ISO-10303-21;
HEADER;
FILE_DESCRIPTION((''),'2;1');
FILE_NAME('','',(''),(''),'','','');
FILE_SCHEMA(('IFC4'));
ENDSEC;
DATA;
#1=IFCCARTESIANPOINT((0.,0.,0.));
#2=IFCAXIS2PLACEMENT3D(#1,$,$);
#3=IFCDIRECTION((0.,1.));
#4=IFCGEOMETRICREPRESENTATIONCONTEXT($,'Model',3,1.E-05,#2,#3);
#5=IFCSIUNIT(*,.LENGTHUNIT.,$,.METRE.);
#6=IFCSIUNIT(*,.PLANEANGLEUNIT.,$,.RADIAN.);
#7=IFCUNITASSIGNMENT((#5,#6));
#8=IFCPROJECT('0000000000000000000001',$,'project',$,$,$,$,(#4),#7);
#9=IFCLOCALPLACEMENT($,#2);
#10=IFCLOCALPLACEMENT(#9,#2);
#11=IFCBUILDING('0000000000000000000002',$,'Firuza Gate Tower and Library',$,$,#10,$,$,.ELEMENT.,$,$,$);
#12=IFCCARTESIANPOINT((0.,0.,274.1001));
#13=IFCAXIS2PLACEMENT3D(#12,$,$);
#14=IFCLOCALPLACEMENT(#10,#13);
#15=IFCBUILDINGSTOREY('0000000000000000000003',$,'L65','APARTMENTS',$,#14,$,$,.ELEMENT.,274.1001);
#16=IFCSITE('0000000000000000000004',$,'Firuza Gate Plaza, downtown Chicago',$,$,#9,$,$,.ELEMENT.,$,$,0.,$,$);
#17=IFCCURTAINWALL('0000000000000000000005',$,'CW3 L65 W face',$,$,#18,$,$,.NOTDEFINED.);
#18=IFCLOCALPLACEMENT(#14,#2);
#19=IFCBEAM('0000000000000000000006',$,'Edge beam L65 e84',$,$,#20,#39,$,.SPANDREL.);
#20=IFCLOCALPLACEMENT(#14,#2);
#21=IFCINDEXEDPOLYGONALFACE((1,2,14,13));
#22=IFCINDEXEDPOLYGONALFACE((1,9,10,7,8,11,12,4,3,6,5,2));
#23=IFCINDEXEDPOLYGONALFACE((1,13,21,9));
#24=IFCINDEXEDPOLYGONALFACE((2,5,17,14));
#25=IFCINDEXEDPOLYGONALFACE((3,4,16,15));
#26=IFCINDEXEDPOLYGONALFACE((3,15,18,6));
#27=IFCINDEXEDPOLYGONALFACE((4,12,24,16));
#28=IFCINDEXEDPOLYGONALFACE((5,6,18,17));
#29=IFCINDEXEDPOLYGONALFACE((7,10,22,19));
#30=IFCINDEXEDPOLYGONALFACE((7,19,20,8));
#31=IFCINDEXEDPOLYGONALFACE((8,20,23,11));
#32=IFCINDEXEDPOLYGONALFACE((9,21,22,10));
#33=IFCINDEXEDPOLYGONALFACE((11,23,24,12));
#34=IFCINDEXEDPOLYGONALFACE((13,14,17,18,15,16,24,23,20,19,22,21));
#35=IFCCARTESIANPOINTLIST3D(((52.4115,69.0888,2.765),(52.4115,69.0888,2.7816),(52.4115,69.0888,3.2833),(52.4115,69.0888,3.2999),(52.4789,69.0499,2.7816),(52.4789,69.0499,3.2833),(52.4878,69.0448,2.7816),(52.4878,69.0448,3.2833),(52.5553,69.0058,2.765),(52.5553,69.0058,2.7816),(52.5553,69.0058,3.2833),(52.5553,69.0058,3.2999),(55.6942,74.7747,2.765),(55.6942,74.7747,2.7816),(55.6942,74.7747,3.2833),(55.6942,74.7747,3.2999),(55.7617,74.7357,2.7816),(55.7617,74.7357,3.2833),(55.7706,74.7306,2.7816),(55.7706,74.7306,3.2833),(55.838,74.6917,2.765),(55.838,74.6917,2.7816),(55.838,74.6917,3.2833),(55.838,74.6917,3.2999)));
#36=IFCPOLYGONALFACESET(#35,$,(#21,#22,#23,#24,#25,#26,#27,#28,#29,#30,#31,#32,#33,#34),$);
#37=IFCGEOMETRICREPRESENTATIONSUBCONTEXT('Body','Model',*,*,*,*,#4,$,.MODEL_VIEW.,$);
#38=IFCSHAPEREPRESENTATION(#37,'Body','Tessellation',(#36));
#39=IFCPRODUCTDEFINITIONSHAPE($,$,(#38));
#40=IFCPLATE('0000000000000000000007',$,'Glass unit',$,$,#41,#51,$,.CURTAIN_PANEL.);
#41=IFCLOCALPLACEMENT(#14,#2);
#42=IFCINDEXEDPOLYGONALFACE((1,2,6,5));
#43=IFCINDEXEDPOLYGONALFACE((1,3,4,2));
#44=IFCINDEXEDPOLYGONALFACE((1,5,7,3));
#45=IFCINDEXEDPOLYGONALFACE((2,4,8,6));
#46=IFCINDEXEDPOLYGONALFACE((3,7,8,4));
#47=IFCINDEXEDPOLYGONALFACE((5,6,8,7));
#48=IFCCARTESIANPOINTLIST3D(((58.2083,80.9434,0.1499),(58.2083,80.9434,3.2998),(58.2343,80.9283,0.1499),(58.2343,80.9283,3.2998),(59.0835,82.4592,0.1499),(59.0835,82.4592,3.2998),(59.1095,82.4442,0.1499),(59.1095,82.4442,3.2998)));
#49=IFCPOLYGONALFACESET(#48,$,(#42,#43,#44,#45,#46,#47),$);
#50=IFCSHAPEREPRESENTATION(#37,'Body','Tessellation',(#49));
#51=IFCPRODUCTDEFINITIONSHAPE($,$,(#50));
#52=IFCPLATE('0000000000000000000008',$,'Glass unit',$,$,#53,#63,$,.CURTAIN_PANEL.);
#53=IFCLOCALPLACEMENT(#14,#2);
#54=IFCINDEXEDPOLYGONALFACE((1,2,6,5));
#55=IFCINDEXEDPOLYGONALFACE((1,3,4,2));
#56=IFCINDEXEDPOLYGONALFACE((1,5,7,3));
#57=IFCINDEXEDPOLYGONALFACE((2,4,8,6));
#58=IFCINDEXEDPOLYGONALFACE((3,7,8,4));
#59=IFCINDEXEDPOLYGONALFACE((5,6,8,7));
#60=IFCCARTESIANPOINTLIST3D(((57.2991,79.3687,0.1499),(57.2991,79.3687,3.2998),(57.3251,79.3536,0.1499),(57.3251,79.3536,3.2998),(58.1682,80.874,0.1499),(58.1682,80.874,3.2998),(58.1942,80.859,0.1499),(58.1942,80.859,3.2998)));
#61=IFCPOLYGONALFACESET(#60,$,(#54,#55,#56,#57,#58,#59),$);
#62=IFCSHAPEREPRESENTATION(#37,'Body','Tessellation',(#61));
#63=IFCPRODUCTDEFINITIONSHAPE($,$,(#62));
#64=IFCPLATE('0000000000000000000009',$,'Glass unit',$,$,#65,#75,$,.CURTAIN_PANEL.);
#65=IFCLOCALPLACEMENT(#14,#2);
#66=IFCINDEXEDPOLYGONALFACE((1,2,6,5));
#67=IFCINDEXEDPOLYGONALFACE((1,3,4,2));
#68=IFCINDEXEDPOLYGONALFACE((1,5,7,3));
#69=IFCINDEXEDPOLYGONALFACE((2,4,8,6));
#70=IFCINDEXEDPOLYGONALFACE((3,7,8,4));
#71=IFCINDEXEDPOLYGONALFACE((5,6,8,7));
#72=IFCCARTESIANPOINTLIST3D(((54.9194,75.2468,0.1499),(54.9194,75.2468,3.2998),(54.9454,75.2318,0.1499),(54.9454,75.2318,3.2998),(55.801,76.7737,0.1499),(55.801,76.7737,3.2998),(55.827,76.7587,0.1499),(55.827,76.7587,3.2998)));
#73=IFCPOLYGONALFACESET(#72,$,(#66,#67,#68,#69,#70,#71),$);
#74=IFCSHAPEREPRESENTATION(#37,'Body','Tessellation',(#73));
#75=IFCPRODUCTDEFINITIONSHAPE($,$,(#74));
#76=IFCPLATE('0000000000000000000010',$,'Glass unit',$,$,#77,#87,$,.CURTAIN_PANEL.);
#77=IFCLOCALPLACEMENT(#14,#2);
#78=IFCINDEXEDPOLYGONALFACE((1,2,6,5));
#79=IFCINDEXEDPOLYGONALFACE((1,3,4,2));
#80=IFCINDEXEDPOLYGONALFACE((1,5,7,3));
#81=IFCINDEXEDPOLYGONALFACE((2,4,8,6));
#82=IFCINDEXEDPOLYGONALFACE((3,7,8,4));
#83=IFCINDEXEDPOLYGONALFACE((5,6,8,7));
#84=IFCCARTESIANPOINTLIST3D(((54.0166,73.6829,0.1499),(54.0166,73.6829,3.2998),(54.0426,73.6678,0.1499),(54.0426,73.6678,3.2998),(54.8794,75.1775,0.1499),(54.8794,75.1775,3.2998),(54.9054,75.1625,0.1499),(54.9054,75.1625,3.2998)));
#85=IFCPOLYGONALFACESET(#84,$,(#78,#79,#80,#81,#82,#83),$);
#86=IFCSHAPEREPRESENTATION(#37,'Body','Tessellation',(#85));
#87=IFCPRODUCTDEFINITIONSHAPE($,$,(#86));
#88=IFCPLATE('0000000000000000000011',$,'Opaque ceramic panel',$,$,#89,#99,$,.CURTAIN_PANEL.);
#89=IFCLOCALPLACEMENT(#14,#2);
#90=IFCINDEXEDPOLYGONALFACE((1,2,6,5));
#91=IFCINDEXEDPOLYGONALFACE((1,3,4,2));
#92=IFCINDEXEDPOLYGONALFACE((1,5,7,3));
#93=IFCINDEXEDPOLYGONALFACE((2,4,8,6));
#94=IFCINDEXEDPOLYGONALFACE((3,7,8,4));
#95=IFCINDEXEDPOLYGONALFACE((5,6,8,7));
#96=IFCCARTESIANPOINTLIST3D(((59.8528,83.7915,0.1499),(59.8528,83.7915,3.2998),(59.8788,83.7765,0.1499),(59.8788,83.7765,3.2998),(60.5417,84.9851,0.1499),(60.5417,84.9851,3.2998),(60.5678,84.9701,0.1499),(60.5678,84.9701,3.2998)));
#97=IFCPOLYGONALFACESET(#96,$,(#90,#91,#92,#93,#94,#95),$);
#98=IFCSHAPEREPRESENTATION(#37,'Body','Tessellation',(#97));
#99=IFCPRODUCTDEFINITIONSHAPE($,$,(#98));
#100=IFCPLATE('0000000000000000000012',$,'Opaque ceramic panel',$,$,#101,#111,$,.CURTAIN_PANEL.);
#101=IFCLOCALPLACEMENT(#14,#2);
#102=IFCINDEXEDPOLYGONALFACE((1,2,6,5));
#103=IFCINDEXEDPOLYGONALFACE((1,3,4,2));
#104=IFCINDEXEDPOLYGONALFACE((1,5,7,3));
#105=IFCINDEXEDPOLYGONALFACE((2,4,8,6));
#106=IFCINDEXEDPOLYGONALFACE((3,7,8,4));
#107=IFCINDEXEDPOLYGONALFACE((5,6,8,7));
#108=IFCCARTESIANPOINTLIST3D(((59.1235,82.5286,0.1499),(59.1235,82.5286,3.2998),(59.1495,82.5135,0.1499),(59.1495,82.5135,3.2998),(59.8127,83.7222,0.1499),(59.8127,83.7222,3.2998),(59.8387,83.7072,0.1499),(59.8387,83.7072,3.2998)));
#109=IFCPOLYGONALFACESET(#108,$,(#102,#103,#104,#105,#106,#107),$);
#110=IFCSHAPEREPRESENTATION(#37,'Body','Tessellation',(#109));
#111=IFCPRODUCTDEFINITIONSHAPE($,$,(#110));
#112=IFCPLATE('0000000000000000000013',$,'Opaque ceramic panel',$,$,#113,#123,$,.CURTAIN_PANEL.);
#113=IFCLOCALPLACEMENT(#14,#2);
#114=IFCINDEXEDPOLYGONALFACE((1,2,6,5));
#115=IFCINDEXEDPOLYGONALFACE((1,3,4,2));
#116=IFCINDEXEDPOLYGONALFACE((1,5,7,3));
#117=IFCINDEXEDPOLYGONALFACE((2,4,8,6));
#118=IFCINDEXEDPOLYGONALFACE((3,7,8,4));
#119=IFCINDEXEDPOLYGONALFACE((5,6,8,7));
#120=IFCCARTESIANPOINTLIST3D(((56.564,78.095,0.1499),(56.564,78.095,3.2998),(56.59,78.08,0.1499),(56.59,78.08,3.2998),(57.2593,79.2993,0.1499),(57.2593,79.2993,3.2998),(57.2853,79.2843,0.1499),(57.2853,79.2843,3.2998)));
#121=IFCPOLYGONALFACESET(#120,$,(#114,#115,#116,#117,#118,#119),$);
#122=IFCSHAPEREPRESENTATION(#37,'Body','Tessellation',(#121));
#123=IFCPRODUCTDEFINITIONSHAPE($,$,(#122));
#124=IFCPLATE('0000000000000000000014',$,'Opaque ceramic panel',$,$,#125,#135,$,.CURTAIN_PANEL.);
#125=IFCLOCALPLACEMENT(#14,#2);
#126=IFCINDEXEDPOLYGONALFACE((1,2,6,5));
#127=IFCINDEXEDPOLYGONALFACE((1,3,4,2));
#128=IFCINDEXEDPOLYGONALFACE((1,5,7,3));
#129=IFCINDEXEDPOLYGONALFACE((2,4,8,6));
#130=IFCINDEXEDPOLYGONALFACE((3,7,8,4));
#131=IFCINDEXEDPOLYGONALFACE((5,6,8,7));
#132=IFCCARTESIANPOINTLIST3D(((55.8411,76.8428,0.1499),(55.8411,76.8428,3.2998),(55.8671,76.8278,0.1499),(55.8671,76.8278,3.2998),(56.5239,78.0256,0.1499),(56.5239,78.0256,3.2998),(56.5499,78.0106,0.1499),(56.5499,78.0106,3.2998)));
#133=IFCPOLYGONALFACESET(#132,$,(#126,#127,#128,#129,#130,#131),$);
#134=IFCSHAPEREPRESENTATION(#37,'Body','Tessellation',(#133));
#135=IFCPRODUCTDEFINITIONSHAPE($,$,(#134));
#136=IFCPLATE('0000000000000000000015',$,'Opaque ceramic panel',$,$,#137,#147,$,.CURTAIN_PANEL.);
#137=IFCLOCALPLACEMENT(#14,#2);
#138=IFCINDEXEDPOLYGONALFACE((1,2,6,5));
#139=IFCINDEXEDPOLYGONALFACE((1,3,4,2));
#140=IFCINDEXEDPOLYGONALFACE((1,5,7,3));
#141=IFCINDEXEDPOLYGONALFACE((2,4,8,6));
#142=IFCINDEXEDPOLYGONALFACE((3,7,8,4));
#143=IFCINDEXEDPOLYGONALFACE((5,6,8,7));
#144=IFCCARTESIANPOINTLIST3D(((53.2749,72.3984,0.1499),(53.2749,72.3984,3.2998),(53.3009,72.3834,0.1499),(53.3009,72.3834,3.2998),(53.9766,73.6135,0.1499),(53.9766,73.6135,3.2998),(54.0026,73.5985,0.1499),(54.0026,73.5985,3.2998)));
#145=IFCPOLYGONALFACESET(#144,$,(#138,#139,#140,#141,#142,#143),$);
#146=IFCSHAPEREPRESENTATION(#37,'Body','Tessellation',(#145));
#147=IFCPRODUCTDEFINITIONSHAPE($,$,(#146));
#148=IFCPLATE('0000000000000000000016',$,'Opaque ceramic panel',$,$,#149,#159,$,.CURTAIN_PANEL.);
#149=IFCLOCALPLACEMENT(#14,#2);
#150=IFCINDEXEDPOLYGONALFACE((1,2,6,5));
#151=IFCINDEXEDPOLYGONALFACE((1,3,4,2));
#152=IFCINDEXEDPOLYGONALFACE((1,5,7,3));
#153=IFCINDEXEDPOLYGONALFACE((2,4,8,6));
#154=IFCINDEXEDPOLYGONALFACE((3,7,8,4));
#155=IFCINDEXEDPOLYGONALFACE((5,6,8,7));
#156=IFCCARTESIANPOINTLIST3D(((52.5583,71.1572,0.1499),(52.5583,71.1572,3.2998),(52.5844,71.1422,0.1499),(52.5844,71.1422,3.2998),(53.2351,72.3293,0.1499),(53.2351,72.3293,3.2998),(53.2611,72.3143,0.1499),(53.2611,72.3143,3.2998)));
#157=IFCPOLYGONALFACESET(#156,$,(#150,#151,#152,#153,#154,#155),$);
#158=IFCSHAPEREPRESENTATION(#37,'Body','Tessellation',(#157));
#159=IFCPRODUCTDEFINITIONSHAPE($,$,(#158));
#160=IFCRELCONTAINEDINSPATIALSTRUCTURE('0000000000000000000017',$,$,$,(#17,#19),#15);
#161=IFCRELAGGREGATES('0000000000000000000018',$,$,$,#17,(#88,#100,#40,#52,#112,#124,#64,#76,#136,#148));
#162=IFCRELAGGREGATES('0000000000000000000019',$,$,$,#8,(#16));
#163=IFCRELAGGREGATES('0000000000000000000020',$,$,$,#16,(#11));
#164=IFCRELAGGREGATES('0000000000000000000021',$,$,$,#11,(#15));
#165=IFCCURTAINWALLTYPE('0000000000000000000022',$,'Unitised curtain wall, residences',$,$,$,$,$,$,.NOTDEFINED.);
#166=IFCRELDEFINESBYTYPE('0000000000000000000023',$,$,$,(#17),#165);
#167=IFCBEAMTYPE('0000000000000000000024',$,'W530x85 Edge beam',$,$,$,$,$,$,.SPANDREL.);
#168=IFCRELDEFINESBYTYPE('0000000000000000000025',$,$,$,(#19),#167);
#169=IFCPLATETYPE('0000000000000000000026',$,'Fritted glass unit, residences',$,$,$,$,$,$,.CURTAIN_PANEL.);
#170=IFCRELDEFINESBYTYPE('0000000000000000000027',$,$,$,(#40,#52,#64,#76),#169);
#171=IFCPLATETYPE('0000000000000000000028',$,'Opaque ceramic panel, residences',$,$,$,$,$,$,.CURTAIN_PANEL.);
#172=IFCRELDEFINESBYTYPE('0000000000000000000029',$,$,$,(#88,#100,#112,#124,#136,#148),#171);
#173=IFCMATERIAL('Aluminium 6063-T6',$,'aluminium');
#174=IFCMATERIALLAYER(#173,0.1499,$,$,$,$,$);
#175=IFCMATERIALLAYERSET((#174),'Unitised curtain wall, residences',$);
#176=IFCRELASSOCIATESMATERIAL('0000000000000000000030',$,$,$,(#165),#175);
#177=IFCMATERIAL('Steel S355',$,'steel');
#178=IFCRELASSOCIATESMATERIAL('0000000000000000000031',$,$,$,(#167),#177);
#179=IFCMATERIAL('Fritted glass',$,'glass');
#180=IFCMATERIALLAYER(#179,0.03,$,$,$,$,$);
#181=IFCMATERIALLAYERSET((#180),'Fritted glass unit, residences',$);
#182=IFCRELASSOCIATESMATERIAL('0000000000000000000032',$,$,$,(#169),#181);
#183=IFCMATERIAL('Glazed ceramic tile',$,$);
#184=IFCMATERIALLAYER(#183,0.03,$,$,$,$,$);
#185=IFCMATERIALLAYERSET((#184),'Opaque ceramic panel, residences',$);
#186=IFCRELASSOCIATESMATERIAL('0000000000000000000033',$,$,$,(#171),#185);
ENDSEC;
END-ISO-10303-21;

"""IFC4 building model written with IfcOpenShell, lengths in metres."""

from ifc_helpers import new_model, si_unit, direction, frame, origin, origin_2d, place, context, subcontext, project, spatial, polyline, i_section, outline, extrude, material, layer, layer_set, material_profile, profile_set, type_object, element, aggregate, save


model = new_model("IFC4")

# Units and contexts
model_context = context("Model", 3, precision=1e-05, world=origin(), true_north=direction((0.0, 1.0)))
body_context = subcontext(model_context, "Body", "Model", "MODEL_VIEW")
ifc_project = project(units=[si_unit("LENGTHUNIT", "METRE"), si_unit("PLANEANGLEUNIT", "RADIAN")], contexts=[model_context])

# Site, building, storey
site_placement = place(None, origin())
site = spatial("IfcSite", under=ifc_project, at=site_placement, Name="Firuza Gate Plaza, downtown Chicago", CompositionType="ELEMENT", RefElevation=0.0)
building_placement = place(site_placement, origin())
building = spatial("IfcBuilding", under=site, at=building_placement, Name="Firuza Gate Tower and Library", CompositionType="ELEMENT")
storey_placement = place(building_placement, frame((0.0, 0.0, 274.1001)))
storey = spatial("IfcBuildingStorey", under=building, at=storey_placement, Name="L65", Description="APARTMENTS", CompositionType="ELEMENT", Elevation=274.1001)

# Curtain wall
ifc_material_1 = material(Name="Aluminium 6063-T6", Category="aluminium")
ifc_layer_1 = layer(ifc_material_1, 0.1499)
ifc_layer_set_1 = layer_set([ifc_layer_1], Name="Unitised curtain wall, residences")
curtain_wall_type = type_object("IfcCurtainWallType", Name="Unitised curtain wall, residences", PredefinedType="NOTDEFINED", material=ifc_layer_set_1)
curtain_wall_placement = place(storey_placement, origin())
curtain_wall = element("IfcCurtainWall", 1, at=curtain_wall_placement, inside=storey, type_object=curtain_wall_type, Name="CW3 L65 W face", PredefinedType="NOTDEFINED")

# Beam
ifc_material_2 = material(Name="Steel S355", Category="steel")
ifc_material_profile_1 = material_profile(ifc_material_2, i_section(OverallWidth=0.166, OverallDepth=0.5349, WebThickness=0.0103, FlangeThickness=0.0166, at=origin_2d()))
ifc_profile_set_1 = profile_set([ifc_material_profile_1], Name="Steel S355")
beam_type_1 = type_object("IfcBeamType", Name="W530x85 Edge beam", PredefinedType="SPANDREL", material=ifc_profile_set_1)
beam_1_placement = place(storey_placement, frame((55.7661, 74.7332, 3.0325), z_axis=(-0.500002, -0.866024, 0.0), x_axis=(0.866024, -0.500002, 0.0)))
element("IfcBeam", 2, at=beam_1_placement, inside=storey, type_object=beam_type_1, Name="Edge beam L65 e84", PredefinedType="SPANDREL", context=body_context, shape_type="SweptSolid", body=[
    extrude(i_section(OverallWidth=0.166, OverallDepth=0.5349, WebThickness=0.0103, FlangeThickness=0.0166, at=origin_2d()), origin(), (0.0, 0.0, 1.0), 6.5654),
])

# Plates
ifc_material_3 = material(Name="Fritted glass", Category="glass")
ifc_layer_2 = layer(ifc_material_3, 0.03)
ifc_layer_set_2 = layer_set([ifc_layer_2], Name="Fritted glass unit, residences")
plate_type_1 = type_object("IfcPlateType", Name="Fritted glass unit, residences", PredefinedType="CURTAIN_PANEL", material=ifc_layer_set_2)
plate_1_placement = place(storey_placement, frame((59.0835, 82.4592, 0.1499), z_axis=(-0.866011, 0.500024, 0.0), x_axis=(-0.500024, -0.866011, 0.0)))
plate_1 = element("IfcPlate", 3, at=plate_1_placement, type_object=plate_type_1, Name="Glass unit", PredefinedType="CURTAIN_PANEL", context=body_context, shape_type="SweptSolid", body=[
    extrude(outline(polyline([(0.0, 0.0), (1.7504, 0.0), (1.7504, 3.1499), (0.0, 3.1499), (0.0, 0.0)])), origin(), (0.0, 0.0, -1.0), 0.03),
])
plate_2_placement = place(storey_placement, frame((58.1682, 80.874, 0.1499), z_axis=(-0.866022, 0.500006, 0.0), x_axis=(-0.500006, -0.866022, 0.0)))
plate_2 = element("IfcPlate", 4, at=plate_2_placement, type_object=plate_type_1, Name="Glass unit", PredefinedType="CURTAIN_PANEL", context=body_context, shape_type="SweptSolid", body=[
    extrude(outline(polyline([(0.0, 0.0), (1.7383, 0.0), (1.7383, 3.1499), (0.0, 3.1499), (0.0, 0.0)])), origin(), (0.0, 0.0, -1.0), 0.03),
])
plate_3_placement = place(storey_placement, frame((55.801, 76.7737, 0.1499), z_axis=(-0.86601, 0.500026, 0.0), x_axis=(-0.500026, -0.86601, 0.0)))
plate_3 = element("IfcPlate", 5, at=plate_3_placement, type_object=plate_type_1, Name="Glass unit", PredefinedType="CURTAIN_PANEL", context=body_context, shape_type="SweptSolid", body=[
    extrude(outline(polyline([(0.0, 0.0), (1.7631, 0.0), (1.7631, 3.1499), (0.0, 3.1499), (0.0, 0.0)])), origin(), (0.0, 0.0, -1.0), 0.03),
])
plate_4_placement = place(storey_placement, frame((54.8794, 75.1775, 0.1499), z_axis=(-0.866058, 0.499943, 0.0), x_axis=(-0.499943, -0.866058, 0.0)))
plate_4 = element("IfcPlate", 6, at=plate_4_placement, type_object=plate_type_1, Name="Glass unit", PredefinedType="CURTAIN_PANEL", context=body_context, shape_type="SweptSolid", body=[
    extrude(outline(polyline([(0.0, 0.0), (1.7258, 0.0), (1.7258, 3.1499), (0.0, 3.1499), (0.0, 0.0)])), origin(), (0.0, 0.0, -1.0), 0.03),
])
ifc_material_4 = material(Name="Glazed ceramic tile")
ifc_layer_3 = layer(ifc_material_4, 0.03)
ifc_layer_set_3 = layer_set([ifc_layer_3], Name="Opaque ceramic panel, residences")
plate_type_2 = type_object("IfcPlateType", Name="Opaque ceramic panel, residences", PredefinedType="CURTAIN_PANEL", material=ifc_layer_set_3)
plate_5_placement = place(storey_placement, frame((60.5417, 84.9851, 0.1499), z_axis=(-0.866076, 0.499912, 0.0), x_axis=(-0.499912, -0.866076, 0.0)))
plate_5 = element("IfcPlate", 7, at=plate_5_placement, type_object=plate_type_2, Name="Opaque ceramic panel", PredefinedType="CURTAIN_PANEL", context=body_context, shape_type="SweptSolid", body=[
    extrude(outline(polyline([(0.0, 0.0), (1.3782, 0.0), (1.3782, 3.1499), (0.0, 3.1499), (0.0, 0.0)])), origin(), (0.0, 0.0, -1.0), 0.03),
])
plate_6_placement = place(storey_placement, frame((59.8127, 83.7222, 0.1499), z_axis=(-0.866, 0.500044, 0.0), x_axis=(-0.500044, -0.866, 0.0)))
plate_6 = element("IfcPlate", 8, at=plate_6_placement, type_object=plate_type_2, Name="Opaque ceramic panel", PredefinedType="CURTAIN_PANEL", context=body_context, shape_type="SweptSolid", body=[
    extrude(outline(polyline([(0.0, 0.0), (1.3783, 0.0), (1.3783, 3.1499), (0.0, 3.1499), (0.0, 0.0)])), origin(), (0.0, 0.0, -1.0), 0.03),
])
plate_7_placement = place(storey_placement, frame((57.2593, 79.2993, 0.1499), z_axis=(-0.866031, 0.499991, 0.0), x_axis=(-0.499991, -0.866031, 0.0)))
plate_7 = element("IfcPlate", 9, at=plate_7_placement, type_object=plate_type_2, Name="Opaque ceramic panel", PredefinedType="CURTAIN_PANEL", context=body_context, shape_type="SweptSolid", body=[
    extrude(outline(polyline([(0.0, 0.0), (1.3907, 0.0), (1.3907, 3.1499), (0.0, 3.1499), (0.0, 0.0)])), origin(), (0.0, 0.0, -1.0), 0.03),
])
plate_8_placement = place(storey_placement, frame((56.5239, 78.0256, 0.1499), z_axis=(-0.866046, 0.499965, 0.0), x_axis=(-0.499965, -0.866046, 0.0)))
plate_8 = element("IfcPlate", 10, at=plate_8_placement, type_object=plate_type_2, Name="Opaque ceramic panel", PredefinedType="CURTAIN_PANEL", context=body_context, shape_type="SweptSolid", body=[
    extrude(outline(polyline([(0.0, 0.0), (1.3658, 0.0), (1.3658, 3.1499), (0.0, 3.1499), (0.0, 0.0)])), origin(), (0.0, 0.0, -1.0), 0.03),
])
plate_9_placement = place(storey_placement, frame((53.9766, 73.6135, 0.1499), z_axis=(-0.865986, 0.500069, 0.0), x_axis=(-0.500069, -0.865986, 0.0)))
plate_9 = element("IfcPlate", 11, at=plate_9_placement, type_object=plate_type_2, Name="Opaque ceramic panel", PredefinedType="CURTAIN_PANEL", context=body_context, shape_type="SweptSolid", body=[
    extrude(outline(polyline([(0.0, 0.0), (1.4031, 0.0), (1.4031, 3.1499), (0.0, 3.1499), (0.0, 0.0)])), origin(), (0.0, 0.0, -1.0), 0.03),
])
plate_10_placement = place(storey_placement, frame((53.2351, 72.3293, 0.1499), z_axis=(-0.866014, 0.500019, 0.0), x_axis=(-0.500019, -0.866014, 0.0)))
plate_10 = element("IfcPlate", 12, at=plate_10_placement, type_object=plate_type_2, Name="Opaque ceramic panel", PredefinedType="CURTAIN_PANEL", context=body_context, shape_type="SweptSolid", body=[
    extrude(outline(polyline([(0.0, 0.0), (1.3535, 0.0), (1.3535, 3.1499), (0.0, 3.1499), (0.0, 0.0)])), origin(), (0.0, 0.0, -1.0), 0.03),
])
aggregate(curtain_wall, [plate_5, plate_6, plate_1, plate_2, plate_7, plate_8, plate_3, plate_4, plate_9, plate_10])

save(model, "model.ifc")
